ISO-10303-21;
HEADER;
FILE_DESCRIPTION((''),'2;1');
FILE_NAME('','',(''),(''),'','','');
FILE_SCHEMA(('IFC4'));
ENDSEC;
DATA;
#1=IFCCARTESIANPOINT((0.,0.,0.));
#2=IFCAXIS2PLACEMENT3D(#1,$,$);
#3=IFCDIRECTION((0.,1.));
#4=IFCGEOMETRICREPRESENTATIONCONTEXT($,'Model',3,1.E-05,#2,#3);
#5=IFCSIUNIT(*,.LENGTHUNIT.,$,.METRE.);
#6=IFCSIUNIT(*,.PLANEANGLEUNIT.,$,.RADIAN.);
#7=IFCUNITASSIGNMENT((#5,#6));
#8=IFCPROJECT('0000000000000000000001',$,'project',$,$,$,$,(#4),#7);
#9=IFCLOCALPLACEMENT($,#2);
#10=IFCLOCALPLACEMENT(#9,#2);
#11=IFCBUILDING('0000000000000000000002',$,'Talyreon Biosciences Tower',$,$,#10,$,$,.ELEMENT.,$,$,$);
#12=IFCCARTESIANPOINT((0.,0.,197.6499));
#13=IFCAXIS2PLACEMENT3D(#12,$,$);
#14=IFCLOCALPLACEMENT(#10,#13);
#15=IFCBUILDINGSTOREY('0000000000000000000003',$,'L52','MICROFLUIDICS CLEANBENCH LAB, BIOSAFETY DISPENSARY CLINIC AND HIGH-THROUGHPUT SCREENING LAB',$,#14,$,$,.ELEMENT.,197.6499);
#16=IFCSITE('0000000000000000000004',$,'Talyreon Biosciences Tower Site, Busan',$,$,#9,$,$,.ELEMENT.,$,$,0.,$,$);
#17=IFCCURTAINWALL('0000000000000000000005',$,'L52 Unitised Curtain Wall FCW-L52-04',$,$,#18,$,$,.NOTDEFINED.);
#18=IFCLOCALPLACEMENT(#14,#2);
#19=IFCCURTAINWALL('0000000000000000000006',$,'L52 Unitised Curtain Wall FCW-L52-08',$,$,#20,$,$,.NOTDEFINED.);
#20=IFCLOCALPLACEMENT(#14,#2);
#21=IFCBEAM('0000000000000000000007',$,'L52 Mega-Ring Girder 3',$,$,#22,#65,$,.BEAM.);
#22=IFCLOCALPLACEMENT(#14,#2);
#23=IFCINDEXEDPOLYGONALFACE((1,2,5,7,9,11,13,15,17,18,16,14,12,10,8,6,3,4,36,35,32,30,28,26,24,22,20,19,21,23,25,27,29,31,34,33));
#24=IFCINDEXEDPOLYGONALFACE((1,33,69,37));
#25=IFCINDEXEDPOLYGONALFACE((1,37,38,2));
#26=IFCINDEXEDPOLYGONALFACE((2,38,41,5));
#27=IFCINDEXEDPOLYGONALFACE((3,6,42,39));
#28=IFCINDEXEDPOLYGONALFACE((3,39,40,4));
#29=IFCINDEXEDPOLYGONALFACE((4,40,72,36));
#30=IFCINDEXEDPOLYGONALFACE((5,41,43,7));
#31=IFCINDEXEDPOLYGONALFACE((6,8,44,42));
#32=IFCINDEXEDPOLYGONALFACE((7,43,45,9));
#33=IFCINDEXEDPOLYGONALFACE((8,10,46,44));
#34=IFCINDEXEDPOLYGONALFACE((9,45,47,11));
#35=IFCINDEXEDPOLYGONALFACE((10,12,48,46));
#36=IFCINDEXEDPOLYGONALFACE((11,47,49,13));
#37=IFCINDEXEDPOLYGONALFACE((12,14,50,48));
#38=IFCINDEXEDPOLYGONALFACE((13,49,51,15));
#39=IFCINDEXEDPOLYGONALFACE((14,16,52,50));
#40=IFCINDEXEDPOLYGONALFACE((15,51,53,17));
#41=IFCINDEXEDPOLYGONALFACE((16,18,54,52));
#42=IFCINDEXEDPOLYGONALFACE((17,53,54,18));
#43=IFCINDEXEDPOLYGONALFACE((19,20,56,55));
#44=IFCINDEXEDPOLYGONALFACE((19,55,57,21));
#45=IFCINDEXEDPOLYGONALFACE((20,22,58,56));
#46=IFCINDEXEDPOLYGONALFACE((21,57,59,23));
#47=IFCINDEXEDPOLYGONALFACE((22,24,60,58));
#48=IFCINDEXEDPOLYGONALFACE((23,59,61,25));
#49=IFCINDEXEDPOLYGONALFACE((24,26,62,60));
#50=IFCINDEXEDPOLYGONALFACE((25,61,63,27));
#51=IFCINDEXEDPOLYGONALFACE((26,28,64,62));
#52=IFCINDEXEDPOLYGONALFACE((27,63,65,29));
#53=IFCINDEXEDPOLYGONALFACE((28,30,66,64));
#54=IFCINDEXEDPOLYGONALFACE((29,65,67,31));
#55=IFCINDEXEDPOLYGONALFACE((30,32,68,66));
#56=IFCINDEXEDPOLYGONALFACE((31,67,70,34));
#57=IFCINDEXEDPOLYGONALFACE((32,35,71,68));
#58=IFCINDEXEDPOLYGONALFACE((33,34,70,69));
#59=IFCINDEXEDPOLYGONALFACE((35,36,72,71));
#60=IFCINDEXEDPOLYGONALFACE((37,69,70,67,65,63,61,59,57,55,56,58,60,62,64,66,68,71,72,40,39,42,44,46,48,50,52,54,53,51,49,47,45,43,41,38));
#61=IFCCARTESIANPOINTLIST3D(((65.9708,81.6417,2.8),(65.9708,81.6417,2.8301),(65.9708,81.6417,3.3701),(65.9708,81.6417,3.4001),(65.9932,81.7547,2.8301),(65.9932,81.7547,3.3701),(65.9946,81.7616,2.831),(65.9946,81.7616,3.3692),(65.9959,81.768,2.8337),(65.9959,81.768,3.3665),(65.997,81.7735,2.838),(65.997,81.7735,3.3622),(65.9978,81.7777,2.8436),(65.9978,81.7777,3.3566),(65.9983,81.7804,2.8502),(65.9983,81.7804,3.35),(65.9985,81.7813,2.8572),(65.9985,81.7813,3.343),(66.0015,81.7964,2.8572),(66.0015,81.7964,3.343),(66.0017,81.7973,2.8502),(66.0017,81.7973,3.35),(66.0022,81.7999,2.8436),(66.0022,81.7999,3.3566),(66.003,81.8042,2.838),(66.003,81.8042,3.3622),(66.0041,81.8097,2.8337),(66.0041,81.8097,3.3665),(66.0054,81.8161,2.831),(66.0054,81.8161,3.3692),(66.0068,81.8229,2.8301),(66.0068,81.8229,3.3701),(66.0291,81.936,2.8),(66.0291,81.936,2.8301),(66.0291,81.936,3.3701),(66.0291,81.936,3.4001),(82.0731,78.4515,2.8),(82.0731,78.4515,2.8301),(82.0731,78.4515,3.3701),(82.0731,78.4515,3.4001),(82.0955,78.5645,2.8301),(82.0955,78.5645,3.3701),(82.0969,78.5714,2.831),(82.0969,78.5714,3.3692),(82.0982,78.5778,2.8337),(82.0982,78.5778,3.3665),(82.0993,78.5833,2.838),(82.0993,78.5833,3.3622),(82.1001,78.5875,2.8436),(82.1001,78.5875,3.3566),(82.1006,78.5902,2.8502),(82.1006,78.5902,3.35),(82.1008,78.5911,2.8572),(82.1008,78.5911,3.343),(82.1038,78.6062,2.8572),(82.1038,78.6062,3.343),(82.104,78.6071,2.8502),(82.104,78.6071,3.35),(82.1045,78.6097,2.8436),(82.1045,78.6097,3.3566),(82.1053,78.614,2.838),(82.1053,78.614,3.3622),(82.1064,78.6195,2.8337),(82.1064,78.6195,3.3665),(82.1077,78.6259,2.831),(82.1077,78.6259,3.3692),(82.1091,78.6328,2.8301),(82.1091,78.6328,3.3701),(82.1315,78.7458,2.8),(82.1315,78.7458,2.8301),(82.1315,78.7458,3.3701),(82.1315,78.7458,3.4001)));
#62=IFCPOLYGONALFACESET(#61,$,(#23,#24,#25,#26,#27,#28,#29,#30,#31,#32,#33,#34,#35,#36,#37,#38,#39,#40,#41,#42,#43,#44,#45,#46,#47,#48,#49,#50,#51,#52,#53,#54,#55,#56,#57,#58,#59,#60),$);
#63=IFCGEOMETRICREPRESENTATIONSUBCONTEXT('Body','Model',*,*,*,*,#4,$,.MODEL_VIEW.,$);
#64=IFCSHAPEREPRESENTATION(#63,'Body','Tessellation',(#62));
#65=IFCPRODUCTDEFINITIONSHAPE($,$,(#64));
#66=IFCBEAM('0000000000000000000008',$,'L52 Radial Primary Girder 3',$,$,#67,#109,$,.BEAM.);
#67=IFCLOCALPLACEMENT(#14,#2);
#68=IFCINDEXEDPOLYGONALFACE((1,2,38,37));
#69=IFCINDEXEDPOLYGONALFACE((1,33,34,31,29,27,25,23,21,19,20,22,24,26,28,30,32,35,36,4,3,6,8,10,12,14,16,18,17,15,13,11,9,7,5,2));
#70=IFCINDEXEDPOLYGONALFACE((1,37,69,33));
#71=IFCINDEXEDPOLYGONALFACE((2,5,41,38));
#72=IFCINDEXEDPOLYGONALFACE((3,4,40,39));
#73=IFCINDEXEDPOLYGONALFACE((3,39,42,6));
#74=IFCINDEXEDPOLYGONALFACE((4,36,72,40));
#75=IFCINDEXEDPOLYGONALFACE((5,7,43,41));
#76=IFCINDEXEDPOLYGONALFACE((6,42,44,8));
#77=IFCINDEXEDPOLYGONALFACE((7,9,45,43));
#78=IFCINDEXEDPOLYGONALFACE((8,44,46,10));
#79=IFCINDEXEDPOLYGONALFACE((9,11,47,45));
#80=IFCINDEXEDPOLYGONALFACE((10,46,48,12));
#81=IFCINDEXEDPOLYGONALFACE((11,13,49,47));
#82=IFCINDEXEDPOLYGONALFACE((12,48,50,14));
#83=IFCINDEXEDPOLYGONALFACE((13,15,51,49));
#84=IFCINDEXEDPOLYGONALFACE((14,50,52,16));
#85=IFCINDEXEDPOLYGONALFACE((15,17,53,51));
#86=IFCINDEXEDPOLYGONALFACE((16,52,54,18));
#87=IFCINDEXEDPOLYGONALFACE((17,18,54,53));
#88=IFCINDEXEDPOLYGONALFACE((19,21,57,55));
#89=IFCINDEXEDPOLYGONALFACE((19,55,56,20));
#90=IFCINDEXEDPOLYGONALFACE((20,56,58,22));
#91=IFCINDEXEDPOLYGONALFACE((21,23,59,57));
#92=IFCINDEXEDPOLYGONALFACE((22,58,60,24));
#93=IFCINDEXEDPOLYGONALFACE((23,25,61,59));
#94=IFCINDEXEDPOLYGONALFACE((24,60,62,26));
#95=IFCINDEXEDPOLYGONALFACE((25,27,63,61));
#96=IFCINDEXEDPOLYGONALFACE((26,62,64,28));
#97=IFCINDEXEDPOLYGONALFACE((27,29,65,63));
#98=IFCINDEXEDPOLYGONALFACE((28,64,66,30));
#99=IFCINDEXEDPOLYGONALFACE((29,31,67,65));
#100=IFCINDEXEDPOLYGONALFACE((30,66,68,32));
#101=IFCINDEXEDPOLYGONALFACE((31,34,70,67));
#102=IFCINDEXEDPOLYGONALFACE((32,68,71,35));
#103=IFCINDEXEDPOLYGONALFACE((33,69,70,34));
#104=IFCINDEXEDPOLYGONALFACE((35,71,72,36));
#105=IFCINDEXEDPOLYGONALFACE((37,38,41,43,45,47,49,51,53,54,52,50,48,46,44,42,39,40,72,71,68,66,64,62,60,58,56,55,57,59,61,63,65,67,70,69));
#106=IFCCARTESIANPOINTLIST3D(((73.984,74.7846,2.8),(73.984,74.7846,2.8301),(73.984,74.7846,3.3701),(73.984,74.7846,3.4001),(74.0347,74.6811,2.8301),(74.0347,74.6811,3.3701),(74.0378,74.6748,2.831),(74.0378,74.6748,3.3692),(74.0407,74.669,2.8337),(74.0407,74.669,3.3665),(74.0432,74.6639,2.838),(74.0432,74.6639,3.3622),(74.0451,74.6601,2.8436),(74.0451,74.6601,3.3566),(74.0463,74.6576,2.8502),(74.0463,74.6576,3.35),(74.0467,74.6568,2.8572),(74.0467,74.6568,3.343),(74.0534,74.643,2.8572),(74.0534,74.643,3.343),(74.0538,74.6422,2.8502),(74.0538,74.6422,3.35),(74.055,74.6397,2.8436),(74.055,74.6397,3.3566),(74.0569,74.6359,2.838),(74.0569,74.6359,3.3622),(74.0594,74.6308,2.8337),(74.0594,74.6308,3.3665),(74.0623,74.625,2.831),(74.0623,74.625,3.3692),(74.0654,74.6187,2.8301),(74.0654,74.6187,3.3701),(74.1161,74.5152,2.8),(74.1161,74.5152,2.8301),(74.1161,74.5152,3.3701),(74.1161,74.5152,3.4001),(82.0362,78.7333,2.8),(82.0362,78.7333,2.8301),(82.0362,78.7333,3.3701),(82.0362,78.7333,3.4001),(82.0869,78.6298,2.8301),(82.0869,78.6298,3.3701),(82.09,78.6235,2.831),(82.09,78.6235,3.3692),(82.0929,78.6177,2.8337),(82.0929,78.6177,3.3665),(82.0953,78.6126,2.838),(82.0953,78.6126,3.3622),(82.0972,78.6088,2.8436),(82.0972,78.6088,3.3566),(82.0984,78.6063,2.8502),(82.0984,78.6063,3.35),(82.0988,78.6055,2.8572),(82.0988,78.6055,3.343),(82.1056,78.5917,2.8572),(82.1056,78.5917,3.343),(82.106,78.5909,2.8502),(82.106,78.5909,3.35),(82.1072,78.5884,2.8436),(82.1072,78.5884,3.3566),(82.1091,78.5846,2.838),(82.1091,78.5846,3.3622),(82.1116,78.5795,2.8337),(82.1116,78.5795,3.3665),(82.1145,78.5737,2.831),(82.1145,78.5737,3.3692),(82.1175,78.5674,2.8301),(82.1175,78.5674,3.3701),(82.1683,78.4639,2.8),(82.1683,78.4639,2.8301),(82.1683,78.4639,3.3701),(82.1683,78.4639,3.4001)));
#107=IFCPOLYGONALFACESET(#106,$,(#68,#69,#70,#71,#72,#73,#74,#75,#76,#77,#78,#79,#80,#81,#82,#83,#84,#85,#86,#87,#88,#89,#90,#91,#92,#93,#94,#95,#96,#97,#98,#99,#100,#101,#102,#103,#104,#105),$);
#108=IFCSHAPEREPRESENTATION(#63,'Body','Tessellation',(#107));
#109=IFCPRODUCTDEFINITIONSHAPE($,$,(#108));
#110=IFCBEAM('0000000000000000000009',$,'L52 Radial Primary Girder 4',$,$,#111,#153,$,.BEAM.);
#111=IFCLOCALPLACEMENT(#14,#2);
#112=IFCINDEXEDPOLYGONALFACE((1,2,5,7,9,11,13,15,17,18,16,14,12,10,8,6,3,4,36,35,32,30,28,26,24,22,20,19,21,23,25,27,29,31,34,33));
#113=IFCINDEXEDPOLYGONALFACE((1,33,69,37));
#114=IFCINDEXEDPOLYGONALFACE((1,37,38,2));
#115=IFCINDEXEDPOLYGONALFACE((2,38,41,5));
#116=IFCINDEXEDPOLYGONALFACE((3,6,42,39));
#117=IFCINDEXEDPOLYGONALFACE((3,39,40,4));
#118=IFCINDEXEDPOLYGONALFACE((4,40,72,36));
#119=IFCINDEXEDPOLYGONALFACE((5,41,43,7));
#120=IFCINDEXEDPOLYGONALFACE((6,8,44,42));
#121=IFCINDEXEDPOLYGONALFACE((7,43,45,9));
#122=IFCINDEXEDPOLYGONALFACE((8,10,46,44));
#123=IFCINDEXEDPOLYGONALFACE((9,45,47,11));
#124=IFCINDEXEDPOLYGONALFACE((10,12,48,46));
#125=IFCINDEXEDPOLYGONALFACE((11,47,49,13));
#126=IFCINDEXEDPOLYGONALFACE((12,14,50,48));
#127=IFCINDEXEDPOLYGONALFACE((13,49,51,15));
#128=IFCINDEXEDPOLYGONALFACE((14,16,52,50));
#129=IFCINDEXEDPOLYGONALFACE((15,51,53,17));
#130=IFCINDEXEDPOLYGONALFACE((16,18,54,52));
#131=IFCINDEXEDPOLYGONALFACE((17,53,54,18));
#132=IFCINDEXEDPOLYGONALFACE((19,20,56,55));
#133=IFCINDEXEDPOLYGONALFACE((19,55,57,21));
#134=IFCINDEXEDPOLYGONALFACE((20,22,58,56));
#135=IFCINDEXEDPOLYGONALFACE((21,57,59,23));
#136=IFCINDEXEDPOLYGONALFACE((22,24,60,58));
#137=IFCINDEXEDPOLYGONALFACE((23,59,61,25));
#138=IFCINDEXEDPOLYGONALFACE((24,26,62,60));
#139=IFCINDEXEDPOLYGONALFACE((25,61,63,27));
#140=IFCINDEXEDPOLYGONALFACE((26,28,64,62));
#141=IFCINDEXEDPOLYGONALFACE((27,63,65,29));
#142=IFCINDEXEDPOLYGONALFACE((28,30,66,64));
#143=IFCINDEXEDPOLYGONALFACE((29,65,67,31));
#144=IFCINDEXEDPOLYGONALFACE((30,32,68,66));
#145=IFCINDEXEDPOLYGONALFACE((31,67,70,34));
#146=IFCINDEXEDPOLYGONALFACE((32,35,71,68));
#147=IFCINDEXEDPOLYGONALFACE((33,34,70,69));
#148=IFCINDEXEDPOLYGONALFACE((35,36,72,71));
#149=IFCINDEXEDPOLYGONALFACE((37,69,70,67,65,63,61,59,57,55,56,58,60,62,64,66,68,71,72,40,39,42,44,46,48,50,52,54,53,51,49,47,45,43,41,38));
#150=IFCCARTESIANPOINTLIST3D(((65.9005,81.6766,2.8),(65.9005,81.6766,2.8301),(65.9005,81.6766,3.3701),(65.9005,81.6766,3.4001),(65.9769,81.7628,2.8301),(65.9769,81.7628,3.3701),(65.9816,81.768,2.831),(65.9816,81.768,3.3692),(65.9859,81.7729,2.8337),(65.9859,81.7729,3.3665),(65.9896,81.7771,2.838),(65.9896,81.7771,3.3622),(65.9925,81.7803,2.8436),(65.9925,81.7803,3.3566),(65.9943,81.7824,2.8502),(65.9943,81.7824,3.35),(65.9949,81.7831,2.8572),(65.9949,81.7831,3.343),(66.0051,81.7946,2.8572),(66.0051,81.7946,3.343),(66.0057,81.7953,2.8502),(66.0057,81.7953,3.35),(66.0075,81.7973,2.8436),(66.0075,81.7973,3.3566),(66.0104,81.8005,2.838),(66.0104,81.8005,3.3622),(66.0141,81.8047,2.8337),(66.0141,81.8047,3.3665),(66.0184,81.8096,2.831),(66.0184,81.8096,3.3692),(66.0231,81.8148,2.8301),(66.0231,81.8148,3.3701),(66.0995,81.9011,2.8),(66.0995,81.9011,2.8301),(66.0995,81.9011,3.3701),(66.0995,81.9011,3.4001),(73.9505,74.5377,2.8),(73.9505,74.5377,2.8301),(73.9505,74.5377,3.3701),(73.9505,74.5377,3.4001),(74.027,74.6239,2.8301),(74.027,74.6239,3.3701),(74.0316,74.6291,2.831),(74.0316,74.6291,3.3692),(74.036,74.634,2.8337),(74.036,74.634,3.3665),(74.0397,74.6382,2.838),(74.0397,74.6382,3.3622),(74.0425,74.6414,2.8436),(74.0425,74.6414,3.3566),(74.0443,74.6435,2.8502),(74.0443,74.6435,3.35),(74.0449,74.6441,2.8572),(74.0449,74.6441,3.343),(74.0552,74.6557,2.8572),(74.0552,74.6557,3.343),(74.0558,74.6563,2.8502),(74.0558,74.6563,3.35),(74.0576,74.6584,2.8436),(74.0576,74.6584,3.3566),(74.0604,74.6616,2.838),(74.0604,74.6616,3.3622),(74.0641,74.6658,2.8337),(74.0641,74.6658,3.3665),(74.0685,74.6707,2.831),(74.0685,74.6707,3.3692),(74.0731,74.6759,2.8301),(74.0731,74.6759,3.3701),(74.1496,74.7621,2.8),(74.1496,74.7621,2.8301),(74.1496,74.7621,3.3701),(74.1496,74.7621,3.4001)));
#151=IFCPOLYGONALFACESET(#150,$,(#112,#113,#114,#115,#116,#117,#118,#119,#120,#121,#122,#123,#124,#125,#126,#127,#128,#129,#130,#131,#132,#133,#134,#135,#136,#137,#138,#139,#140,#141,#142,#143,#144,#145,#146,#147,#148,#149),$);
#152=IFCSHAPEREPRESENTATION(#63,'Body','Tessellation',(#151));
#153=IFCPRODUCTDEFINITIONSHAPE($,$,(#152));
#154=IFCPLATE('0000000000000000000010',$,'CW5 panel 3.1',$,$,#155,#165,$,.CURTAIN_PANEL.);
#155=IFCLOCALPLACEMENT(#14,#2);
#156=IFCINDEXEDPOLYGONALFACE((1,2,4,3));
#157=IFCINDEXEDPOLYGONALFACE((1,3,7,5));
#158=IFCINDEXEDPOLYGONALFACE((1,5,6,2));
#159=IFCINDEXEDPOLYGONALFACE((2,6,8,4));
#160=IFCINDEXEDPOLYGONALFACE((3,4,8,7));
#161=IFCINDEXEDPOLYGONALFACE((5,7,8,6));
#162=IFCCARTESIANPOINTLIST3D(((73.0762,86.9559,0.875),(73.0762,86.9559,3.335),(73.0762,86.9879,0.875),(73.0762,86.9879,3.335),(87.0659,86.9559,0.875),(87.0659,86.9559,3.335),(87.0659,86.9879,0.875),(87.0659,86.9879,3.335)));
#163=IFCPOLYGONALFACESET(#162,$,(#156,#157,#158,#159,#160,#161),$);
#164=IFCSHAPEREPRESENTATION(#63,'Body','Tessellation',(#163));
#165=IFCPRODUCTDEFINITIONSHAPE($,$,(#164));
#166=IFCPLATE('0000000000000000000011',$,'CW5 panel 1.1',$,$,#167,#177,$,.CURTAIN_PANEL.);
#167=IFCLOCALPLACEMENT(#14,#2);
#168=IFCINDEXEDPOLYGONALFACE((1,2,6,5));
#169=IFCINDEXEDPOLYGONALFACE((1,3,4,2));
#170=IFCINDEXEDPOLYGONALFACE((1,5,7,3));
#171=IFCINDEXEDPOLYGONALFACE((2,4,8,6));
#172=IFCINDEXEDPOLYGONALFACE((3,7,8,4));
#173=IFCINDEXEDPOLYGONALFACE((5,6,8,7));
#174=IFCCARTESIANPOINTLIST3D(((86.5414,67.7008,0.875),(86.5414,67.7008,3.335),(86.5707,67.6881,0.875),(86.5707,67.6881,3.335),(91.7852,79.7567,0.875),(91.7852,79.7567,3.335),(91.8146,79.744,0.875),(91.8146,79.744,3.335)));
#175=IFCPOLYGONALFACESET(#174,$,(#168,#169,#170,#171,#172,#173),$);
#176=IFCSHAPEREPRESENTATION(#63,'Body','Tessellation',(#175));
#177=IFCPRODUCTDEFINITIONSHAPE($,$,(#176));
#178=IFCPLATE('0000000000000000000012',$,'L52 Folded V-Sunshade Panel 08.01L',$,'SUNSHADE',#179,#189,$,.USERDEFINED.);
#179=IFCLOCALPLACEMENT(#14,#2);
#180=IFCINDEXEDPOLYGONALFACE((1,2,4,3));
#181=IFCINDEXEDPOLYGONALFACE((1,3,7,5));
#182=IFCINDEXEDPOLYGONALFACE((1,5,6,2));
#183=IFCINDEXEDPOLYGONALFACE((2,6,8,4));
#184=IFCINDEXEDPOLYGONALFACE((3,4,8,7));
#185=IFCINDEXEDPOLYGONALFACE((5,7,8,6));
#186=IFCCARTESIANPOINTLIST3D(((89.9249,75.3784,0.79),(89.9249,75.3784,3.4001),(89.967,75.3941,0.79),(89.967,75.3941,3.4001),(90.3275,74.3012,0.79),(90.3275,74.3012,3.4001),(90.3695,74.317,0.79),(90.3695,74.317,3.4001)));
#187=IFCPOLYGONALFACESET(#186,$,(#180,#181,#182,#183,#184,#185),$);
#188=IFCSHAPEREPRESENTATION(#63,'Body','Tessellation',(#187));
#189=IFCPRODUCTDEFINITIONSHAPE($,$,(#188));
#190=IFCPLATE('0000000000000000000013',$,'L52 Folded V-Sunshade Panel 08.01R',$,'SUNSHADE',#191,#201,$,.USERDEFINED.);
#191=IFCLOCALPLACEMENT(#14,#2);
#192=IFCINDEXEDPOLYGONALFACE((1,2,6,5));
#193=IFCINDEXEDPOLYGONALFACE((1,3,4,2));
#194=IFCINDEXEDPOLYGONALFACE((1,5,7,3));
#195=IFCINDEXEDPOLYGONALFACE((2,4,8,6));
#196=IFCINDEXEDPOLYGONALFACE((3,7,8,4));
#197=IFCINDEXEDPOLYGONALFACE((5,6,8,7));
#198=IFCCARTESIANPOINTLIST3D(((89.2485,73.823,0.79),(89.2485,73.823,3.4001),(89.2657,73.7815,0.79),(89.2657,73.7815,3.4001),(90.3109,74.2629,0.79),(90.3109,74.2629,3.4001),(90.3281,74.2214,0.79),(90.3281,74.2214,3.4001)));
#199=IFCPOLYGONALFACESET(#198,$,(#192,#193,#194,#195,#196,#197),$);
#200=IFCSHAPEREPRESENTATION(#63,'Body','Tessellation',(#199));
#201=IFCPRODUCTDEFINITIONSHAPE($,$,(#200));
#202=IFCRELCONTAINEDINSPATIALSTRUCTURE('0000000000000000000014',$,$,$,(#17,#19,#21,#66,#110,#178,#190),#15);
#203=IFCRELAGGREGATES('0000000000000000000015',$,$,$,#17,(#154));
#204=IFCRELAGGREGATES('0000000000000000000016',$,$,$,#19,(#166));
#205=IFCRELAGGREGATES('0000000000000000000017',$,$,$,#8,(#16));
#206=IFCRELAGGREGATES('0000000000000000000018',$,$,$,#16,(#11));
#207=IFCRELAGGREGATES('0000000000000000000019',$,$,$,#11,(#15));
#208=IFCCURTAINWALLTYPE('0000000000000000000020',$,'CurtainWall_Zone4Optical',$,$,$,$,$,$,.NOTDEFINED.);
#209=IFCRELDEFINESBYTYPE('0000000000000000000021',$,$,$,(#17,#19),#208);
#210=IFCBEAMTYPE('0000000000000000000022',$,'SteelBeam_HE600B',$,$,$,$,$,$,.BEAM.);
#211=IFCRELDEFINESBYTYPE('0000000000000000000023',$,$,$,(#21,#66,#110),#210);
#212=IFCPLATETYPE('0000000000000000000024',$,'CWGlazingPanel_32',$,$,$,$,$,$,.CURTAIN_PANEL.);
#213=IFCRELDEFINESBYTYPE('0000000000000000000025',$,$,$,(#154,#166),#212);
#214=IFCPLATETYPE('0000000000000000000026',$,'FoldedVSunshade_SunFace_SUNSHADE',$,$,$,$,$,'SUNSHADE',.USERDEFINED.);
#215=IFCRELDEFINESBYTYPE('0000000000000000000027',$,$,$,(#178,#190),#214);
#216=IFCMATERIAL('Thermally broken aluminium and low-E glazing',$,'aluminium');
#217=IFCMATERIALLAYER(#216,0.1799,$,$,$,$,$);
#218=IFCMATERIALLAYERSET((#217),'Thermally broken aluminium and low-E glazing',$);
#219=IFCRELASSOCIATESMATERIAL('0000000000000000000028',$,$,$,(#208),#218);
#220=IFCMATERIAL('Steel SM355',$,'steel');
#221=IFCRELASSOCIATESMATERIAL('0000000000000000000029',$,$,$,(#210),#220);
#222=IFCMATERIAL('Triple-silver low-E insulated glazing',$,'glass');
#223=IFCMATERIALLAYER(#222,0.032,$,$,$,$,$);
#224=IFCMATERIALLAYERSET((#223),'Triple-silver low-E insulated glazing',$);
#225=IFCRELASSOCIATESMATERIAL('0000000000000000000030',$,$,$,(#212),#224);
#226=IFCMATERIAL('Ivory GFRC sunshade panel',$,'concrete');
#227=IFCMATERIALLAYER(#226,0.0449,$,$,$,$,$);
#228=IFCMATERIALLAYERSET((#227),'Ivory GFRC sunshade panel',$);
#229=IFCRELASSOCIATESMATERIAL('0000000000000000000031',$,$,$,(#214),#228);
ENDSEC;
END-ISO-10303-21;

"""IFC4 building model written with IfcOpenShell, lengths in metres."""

from ifc_helpers import new_model, si_unit, direction, frame, origin, origin_2d, place, context, subcontext, project, spatial, rectangle, i_section, extrude, material, layer, layer_set, material_profile, profile_set, type_object, element, aggregate, save


model = new_model("IFC4")

# Units and contexts
model_context = context("Model", 3, precision=1e-05, world=origin(), true_north=direction((0.0, 1.0)))
body_context = subcontext(model_context, "Body", "Model", "MODEL_VIEW")
ifc_project = project(units=[si_unit("LENGTHUNIT", "METRE"), si_unit("PLANEANGLEUNIT", "RADIAN")], contexts=[model_context])

# Site, building, storey
site_placement = place(None, origin())
site = spatial("IfcSite", under=ifc_project, at=site_placement, Name="Talyreon Biosciences Tower Site, Busan", CompositionType="ELEMENT", RefElevation=0.0)
building_placement = place(site_placement, origin())
building = spatial("IfcBuilding", under=site, at=building_placement, Name="Talyreon Biosciences Tower", CompositionType="ELEMENT")
storey_placement = place(building_placement, frame((0.0, 0.0, 197.6499)))
storey = spatial("IfcBuildingStorey", under=building, at=storey_placement, Name="L52", Description="MICROFLUIDICS CLEANBENCH LAB, BIOSAFETY DISPENSARY CLINIC AND HIGH-THROUGHPUT SCREENING LAB", CompositionType="ELEMENT", Elevation=197.6499)

# Curtain wall
ifc_material_1 = material(Name="Thermally broken aluminium and low-E glazing", Category="aluminium")
ifc_layer_1 = layer(ifc_material_1, 0.1799)
ifc_layer_set_1 = layer_set([ifc_layer_1], Name="Thermally broken aluminium and low-E glazing")
curtain_wall_type = type_object("IfcCurtainWallType", Name="CurtainWall_Zone4Optical", PredefinedType="NOTDEFINED", material=ifc_layer_set_1)
curtain_wall_1_placement = place(storey_placement, origin())
curtain_wall_1 = element("IfcCurtainWall", 1, at=curtain_wall_1_placement, inside=storey, type_object=curtain_wall_type, Name="L52 Unitised Curtain Wall FCW-L52-04", PredefinedType="NOTDEFINED")

# Curtain wall
curtain_wall_2_placement = place(storey_placement, origin())
curtain_wall_2 = element("IfcCurtainWall", 2, at=curtain_wall_2_placement, inside=storey, type_object=curtain_wall_type, Name="L52 Unitised Curtain Wall FCW-L52-08", PredefinedType="NOTDEFINED")

# Beams
ifc_material_2 = material(Name="Steel SM355", Category="steel")
ifc_material_profile_1 = material_profile(ifc_material_2, i_section(OverallWidth=0.3, OverallDepth=0.6001, WebThickness=0.0154, FlangeThickness=0.03, FilletRadius=0.0271, at=origin_2d()), Name="HE600B")
ifc_profile_set_1 = profile_set([ifc_material_profile_1], Name="Steel SM355")
beam_type_1 = type_object("IfcBeamType", Name="SteelBeam_HE600B", PredefinedType="BEAM", material=ifc_profile_set_1)
beam_1_placement = place(storey_placement, frame((82.1023, 78.5986, 3.1001), z_axis=(-0.980934, 0.194343, 0.0), x_axis=(-0.194343, -0.980934, 0.0)))
element("IfcBeam", 3, at=beam_1_placement, inside=storey, type_object=beam_type_1, Name="L52 Mega-Ring Girder 3", PredefinedType="BEAM", context=body_context, shape_type="SweptSolid", body=[
    extrude(i_section(OverallWidth=0.3, OverallDepth=0.6001, WebThickness=0.0154, FlangeThickness=0.03, FilletRadius=0.0271, at=origin_2d()), origin(), (0.0, 0.0, 1.0), 16.4153),
])
beam_2_placement = place(storey_placement, frame((74.05, 74.6499, 3.1001), z_axis=(0.897852, 0.440297, 0.0), x_axis=(-0.440297, 0.897852, 0.0)))
element("IfcBeam", 4, at=beam_2_placement, inside=storey, type_object=beam_type_1, Name="L52 Radial Primary Girder 3", PredefinedType="BEAM", context=body_context, shape_type="SweptSolid", body=[
    extrude(i_section(OverallWidth=0.3, OverallDepth=0.6001, WebThickness=0.0154, FlangeThickness=0.03, FilletRadius=0.0271, at=origin_2d()), origin(), (0.0, 0.0, 1.0), 8.9683),
])
beam_3_placement = place(storey_placement, frame((74.05, 74.6499, 3.1001), z_axis=(-0.748179, 0.663497, 0.0), x_axis=(-0.663497, -0.748179, 0.0)))
element("IfcBeam", 5, at=beam_3_placement, inside=storey, type_object=beam_type_1, Name="L52 Radial Primary Girder 4", PredefinedType="BEAM", context=body_context, shape_type="SweptSolid", body=[
    extrude(i_section(OverallWidth=0.3, OverallDepth=0.6001, WebThickness=0.0154, FlangeThickness=0.03, FilletRadius=0.0271, at=origin_2d()), origin(), (0.0, 0.0, 1.0), 10.7595),
])

# Plates
ifc_material_3 = material(Name="Triple-silver low-E insulated glazing", Category="glass")
ifc_layer_2 = layer(ifc_material_3, 0.032)
ifc_layer_set_2 = layer_set([ifc_layer_2], Name="Triple-silver low-E insulated glazing")
plate_type_1 = type_object("IfcPlateType", Name="CWGlazingPanel_32", PredefinedType="CURTAIN_PANEL", material=ifc_layer_set_2)
plate_1_placement = place(storey_placement, frame((80.071, 86.9719, 0.875), z_axis=(0.0, 0.0, 1.0), x_axis=(1.0, 0.0, 0.0)))
plate_1 = element("IfcPlate", 6, at=plate_1_placement, type_object=plate_type_1, Name="CW5 panel 3.1", PredefinedType="CURTAIN_PANEL", context=body_context, shape_type="SweptSolid", body=[
    extrude(rectangle(XDim=13.9897, YDim=0.032, at=origin_2d()), origin(), (0.0, 0.0, 1.0), 2.46),
])
aggregate(curtain_wall_1, [plate_1])
plate_2_placement = place(storey_placement, frame((89.178, 73.7224, 0.875), z_axis=(0.0, 0.0, 1.0), x_axis=(-0.398862, -0.917011, 0.0)))
plate_2 = element("IfcPlate", 7, at=plate_2_placement, type_object=plate_type_1, Name="CW5 panel 1.1", PredefinedType="CURTAIN_PANEL", context=body_context, shape_type="SweptSolid", body=[
    extrude(rectangle(XDim=13.147, YDim=0.032, at=origin_2d()), origin(), (0.0, 0.0, 1.0), 2.46),
])
aggregate(curtain_wall_2, [plate_2])

# Plates
ifc_material_4 = material(Name="Ivory GFRC sunshade panel", Category="concrete")
ifc_layer_3 = layer(ifc_material_4, 0.0449)
ifc_layer_set_3 = layer_set([ifc_layer_3], Name="Ivory GFRC sunshade panel")
plate_type_2 = type_object("IfcPlateType", Name="FoldedVSunshade_SunFace_SUNSHADE", ElementType="SUNSHADE", PredefinedType="USERDEFINED", material=ifc_layer_set_3)
for number, where, z_axis, x_axis, name in (
    (8, (90.1472, 74.8477, 0.79), (0.0, 0.0, 1.0), (0.350093, -0.936715, 0.0), "L52 Folded V-Sunshade Panel 08.01L"),
    (9, (89.7883, 74.0222, 0.79), (0.0, 0.0, 1.0), (-0.923926, -0.382571, 0.0), "L52 Folded V-Sunshade Panel 08.01R"),
):
    element("IfcPlate", number, at=place(storey_placement, frame(where, z_axis=z_axis, x_axis=x_axis)), inside=storey, type_object=plate_type_2, Name=name, ObjectType="SUNSHADE", PredefinedType="USERDEFINED", context=body_context, shape_type="SweptSolid", body=[
        extrude(rectangle(XDim=1.1499, YDim=0.0449, at=origin_2d()), origin(), (0.0, 0.0, 1.0), 2.6101),
    ])

save(model, "model.ifc")
